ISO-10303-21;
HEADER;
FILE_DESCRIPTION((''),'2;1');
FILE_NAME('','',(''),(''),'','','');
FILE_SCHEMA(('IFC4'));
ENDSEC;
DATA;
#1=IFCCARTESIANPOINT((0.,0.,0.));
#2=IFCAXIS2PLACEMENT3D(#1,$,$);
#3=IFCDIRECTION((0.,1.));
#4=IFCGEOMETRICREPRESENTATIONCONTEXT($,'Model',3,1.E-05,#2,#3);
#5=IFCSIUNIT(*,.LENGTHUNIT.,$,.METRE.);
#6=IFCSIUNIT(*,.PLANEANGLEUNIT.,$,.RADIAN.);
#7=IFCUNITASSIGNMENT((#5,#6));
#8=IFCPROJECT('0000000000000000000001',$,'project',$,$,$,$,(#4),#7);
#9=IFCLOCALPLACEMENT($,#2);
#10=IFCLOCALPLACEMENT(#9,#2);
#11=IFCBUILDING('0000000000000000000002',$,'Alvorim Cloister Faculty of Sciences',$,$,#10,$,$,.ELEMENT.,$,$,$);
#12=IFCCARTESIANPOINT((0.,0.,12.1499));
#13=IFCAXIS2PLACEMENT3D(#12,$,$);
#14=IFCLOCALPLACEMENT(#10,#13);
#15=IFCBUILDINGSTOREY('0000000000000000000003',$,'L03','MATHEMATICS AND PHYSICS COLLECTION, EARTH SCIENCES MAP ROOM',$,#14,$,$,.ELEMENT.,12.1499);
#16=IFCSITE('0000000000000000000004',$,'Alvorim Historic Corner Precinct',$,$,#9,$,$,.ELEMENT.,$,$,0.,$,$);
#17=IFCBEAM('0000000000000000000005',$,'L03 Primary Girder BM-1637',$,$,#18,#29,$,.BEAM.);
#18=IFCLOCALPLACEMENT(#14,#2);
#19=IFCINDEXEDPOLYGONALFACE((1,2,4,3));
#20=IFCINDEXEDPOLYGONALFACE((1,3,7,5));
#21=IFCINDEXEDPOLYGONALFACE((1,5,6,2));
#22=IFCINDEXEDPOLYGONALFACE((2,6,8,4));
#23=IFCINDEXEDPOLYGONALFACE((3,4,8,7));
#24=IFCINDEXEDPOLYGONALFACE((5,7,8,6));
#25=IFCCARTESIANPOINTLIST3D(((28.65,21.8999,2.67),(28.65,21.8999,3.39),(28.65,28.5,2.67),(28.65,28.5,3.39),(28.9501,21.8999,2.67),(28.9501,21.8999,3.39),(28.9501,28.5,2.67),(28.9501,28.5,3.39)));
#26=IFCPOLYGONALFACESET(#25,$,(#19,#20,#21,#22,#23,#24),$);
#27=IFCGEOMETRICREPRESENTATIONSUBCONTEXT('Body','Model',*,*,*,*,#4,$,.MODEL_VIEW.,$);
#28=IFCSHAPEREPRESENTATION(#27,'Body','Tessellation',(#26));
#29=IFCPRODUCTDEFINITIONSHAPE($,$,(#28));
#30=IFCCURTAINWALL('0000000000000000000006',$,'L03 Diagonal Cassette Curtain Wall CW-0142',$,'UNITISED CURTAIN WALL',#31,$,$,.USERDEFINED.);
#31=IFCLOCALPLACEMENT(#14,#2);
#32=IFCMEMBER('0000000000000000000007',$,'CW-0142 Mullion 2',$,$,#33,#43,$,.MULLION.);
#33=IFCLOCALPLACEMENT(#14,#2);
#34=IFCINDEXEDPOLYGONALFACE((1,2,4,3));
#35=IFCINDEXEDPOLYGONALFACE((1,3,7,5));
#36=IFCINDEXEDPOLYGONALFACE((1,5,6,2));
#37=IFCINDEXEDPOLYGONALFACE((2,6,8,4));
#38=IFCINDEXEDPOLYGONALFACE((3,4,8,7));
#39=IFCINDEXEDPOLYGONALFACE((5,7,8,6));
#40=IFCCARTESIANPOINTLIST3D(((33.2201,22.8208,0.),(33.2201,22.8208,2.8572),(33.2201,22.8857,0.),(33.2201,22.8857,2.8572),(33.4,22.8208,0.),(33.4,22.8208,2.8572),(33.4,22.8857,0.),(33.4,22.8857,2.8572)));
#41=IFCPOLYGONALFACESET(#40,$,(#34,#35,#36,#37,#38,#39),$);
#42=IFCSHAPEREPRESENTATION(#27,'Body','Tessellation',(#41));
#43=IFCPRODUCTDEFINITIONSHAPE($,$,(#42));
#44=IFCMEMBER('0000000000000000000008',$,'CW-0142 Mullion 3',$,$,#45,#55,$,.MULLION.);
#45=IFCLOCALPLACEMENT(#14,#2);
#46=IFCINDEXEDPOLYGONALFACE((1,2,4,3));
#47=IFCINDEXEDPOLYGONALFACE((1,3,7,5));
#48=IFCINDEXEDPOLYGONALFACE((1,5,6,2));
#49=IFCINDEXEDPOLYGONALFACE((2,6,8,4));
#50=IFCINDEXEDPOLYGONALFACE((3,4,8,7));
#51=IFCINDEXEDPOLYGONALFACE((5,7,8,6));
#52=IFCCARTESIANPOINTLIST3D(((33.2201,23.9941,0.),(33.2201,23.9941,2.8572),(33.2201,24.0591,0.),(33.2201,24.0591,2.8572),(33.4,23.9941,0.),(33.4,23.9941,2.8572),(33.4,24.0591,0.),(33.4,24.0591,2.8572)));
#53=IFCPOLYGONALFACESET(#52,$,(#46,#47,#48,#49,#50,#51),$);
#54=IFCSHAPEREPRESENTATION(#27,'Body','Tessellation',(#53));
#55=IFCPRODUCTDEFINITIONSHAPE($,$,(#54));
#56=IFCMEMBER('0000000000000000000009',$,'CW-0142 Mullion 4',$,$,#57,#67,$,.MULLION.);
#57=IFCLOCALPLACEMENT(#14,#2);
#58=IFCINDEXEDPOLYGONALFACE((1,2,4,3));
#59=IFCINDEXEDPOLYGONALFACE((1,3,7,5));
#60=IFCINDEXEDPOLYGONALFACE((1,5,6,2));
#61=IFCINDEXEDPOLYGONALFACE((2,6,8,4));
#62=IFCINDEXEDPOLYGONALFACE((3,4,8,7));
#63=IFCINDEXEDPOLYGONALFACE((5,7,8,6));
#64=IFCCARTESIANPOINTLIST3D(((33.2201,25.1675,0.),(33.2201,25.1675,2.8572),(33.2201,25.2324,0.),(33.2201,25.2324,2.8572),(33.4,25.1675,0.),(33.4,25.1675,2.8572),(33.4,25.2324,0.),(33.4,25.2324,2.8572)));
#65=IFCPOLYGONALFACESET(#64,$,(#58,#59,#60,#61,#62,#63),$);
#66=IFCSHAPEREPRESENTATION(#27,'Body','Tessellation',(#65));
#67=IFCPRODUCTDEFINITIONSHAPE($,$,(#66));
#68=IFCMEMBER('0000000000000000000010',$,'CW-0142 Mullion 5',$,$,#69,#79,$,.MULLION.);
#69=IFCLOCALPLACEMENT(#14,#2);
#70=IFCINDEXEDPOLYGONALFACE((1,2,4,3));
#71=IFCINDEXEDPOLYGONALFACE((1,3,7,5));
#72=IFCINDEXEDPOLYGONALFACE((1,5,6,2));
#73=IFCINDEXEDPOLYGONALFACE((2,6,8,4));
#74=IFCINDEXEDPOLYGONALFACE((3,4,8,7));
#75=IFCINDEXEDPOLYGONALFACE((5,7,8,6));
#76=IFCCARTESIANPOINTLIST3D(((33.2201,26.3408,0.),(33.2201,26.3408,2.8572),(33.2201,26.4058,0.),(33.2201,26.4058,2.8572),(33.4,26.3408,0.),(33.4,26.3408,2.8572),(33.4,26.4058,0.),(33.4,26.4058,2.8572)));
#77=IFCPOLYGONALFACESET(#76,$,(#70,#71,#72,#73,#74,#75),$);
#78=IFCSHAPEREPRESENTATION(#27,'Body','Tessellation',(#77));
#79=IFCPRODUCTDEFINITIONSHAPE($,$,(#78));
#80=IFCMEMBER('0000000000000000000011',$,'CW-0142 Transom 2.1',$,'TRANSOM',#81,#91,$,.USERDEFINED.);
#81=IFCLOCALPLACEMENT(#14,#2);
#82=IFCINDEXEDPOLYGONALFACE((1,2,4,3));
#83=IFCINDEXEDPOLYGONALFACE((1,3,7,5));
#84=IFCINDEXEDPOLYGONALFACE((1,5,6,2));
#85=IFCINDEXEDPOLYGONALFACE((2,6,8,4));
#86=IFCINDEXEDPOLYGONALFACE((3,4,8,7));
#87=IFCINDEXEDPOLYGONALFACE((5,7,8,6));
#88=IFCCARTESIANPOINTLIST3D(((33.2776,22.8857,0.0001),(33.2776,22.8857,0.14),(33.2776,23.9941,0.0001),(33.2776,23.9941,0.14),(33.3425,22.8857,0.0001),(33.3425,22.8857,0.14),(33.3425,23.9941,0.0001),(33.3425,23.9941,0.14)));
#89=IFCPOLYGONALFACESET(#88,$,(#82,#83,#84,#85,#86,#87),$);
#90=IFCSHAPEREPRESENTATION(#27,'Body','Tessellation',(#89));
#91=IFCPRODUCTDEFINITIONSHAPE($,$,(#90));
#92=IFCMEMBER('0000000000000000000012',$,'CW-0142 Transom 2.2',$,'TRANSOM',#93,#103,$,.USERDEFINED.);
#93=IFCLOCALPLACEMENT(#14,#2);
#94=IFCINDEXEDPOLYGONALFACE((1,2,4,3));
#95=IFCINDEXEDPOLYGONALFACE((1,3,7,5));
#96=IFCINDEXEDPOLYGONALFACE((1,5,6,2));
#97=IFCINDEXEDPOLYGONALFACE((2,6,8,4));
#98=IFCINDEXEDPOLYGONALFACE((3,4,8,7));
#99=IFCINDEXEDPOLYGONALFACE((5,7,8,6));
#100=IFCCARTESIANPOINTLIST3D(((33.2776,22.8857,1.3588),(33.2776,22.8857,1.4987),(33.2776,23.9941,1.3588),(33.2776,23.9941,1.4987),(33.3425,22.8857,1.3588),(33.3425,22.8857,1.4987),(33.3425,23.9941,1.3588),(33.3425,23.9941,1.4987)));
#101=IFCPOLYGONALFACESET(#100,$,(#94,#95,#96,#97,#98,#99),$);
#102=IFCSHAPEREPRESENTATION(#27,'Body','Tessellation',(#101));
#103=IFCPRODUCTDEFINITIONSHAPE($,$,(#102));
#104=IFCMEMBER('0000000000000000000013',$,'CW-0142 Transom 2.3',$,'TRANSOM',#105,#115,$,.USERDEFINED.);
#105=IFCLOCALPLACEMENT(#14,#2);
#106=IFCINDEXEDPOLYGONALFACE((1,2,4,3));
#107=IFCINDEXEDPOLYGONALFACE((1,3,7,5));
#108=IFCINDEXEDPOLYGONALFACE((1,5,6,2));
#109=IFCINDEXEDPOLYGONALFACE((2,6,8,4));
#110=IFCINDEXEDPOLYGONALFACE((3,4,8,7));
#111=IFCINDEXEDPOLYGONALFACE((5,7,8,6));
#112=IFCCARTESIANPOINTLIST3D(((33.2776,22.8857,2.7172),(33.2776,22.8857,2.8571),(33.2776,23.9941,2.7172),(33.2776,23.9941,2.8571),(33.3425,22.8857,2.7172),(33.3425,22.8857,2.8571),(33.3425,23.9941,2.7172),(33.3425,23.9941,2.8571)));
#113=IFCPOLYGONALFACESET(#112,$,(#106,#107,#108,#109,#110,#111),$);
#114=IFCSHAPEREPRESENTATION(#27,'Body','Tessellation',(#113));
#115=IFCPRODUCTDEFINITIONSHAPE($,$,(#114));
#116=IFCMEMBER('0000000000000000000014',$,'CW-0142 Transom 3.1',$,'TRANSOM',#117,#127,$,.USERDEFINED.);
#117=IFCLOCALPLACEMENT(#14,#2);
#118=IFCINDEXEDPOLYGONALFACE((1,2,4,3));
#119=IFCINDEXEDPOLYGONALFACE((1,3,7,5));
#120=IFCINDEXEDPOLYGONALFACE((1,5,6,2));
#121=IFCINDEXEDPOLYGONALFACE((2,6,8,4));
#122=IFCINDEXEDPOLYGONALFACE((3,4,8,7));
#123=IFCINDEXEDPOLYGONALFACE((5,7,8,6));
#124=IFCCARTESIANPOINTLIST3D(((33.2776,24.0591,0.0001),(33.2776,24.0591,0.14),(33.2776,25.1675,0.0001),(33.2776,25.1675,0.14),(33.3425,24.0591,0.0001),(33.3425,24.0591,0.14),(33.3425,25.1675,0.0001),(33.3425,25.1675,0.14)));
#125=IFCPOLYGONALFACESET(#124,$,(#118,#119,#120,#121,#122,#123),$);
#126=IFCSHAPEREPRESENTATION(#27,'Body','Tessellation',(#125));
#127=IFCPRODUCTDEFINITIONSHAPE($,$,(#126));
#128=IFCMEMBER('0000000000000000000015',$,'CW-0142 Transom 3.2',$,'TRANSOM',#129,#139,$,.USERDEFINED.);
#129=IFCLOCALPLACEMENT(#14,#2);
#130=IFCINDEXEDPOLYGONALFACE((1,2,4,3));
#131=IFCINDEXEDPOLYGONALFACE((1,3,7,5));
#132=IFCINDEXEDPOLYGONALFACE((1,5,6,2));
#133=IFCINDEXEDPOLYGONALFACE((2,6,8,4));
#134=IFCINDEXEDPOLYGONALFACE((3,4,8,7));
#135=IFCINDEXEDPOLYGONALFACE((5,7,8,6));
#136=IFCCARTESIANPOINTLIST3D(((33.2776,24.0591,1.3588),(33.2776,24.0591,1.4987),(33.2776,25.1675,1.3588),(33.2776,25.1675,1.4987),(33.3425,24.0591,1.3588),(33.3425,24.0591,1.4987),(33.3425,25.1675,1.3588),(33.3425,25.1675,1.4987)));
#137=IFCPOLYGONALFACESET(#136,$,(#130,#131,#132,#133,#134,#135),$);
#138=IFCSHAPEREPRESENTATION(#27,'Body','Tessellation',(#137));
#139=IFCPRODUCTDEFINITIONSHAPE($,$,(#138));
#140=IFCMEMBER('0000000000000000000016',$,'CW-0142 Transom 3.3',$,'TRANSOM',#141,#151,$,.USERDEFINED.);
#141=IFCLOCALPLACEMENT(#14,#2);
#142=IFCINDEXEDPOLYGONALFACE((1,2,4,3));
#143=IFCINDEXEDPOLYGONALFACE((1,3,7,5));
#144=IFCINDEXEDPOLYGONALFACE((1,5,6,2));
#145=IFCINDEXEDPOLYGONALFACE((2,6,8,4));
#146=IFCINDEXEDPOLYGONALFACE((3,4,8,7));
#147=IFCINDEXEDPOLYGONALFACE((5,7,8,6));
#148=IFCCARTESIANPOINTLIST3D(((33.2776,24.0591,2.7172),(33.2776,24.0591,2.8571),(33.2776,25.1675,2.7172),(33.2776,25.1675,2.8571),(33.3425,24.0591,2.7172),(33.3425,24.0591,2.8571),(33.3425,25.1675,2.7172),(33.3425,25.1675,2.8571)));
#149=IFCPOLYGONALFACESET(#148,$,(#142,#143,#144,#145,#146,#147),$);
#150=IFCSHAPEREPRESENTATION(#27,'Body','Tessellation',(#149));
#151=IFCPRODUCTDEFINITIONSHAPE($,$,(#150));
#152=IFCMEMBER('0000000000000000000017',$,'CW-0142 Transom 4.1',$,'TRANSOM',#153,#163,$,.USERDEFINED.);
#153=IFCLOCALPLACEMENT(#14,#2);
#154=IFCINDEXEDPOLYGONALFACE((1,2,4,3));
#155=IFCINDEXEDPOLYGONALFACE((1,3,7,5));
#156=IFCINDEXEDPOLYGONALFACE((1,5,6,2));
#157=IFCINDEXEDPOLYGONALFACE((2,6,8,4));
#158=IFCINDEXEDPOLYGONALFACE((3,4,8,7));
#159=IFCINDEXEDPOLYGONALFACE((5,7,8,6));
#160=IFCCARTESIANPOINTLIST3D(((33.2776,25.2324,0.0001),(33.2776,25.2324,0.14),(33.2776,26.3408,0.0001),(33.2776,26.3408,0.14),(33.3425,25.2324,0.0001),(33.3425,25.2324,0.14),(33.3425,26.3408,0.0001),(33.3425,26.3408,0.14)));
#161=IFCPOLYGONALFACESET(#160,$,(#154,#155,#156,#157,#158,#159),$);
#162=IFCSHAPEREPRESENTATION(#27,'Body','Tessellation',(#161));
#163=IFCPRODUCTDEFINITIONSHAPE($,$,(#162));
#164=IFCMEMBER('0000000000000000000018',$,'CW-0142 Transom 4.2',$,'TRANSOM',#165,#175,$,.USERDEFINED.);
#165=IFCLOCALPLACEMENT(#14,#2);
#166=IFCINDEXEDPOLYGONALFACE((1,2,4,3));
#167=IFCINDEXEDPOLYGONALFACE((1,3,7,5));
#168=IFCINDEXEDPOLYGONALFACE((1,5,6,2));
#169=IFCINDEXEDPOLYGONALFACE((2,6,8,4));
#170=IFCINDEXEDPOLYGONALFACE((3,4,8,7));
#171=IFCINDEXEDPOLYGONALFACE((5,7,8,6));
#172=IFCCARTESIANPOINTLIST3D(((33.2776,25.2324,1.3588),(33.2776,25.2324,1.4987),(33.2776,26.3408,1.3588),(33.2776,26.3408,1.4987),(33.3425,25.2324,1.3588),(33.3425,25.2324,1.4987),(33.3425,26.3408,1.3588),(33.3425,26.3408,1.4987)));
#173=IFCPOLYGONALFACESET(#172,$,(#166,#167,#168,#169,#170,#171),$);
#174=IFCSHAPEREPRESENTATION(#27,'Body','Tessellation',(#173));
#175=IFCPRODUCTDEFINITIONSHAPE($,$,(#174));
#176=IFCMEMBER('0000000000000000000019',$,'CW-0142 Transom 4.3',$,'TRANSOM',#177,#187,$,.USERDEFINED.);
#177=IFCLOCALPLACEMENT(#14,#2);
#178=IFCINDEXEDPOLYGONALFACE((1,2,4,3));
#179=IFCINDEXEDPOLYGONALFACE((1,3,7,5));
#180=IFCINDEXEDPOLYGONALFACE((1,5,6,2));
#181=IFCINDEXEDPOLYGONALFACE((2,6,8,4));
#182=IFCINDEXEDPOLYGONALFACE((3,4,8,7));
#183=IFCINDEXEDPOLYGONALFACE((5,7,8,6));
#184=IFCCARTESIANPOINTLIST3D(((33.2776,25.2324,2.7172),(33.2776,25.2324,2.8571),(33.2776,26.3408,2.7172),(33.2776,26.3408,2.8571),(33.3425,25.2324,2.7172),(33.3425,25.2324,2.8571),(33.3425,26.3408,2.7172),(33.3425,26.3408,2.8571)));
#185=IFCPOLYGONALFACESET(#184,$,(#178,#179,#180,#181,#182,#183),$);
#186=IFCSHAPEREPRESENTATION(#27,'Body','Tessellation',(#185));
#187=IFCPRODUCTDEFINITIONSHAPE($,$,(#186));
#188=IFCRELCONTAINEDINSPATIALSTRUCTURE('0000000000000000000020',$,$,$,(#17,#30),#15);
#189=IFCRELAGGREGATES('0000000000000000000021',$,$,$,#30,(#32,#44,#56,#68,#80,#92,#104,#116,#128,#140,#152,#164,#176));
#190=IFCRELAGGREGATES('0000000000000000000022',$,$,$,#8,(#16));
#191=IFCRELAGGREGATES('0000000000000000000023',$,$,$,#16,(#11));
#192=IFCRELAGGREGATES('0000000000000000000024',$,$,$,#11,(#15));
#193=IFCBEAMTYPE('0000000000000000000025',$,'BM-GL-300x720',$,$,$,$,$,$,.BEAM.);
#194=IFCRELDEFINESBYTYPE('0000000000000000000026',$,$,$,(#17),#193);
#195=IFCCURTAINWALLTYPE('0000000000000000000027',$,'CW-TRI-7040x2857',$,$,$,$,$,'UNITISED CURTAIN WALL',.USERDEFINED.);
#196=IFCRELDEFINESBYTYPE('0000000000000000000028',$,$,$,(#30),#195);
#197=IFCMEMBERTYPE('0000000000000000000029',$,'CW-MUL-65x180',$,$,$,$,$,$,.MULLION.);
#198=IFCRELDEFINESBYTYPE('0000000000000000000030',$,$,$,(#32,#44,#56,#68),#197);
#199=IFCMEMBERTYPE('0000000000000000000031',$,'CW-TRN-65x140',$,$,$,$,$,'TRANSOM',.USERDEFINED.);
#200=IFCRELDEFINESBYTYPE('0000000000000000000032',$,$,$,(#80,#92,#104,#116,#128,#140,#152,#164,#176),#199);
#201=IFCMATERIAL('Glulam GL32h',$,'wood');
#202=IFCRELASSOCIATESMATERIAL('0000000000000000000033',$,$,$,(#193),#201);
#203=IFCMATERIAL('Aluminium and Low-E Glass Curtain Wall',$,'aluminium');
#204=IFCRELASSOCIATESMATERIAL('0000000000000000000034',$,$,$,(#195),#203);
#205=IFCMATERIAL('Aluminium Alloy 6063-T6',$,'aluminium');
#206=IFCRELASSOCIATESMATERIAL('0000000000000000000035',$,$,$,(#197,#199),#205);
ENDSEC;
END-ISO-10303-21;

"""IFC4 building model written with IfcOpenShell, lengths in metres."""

from ifc_helpers import new_model, si_unit, direction, frame, origin, origin_2d, place, context, subcontext, project, spatial, rectangle, extrude, material, material_profile, profile_set, type_object, element, aggregate, save


model = new_model("IFC4")

# Units and contexts
model_context = context("Model", 3, precision=1e-05, world=origin(), true_north=direction((0.0, 1.0)))
body_context = subcontext(model_context, "Body", "Model", "MODEL_VIEW")
ifc_project = project(units=[si_unit("LENGTHUNIT", "METRE"), si_unit("PLANEANGLEUNIT", "RADIAN")], contexts=[model_context])

# Site, building, storey
site_placement = place(None, origin())
site = spatial("IfcSite", under=ifc_project, at=site_placement, Name="Alvorim Historic Corner Precinct", CompositionType="ELEMENT", RefElevation=0.0)
building_placement = place(site_placement, origin())
building = spatial("IfcBuilding", under=site, at=building_placement, Name="Alvorim Cloister Faculty of Sciences", CompositionType="ELEMENT")
storey_placement = place(building_placement, frame((0.0, 0.0, 12.1499)))
storey = spatial("IfcBuildingStorey", under=building, at=storey_placement, Name="L03", Description="MATHEMATICS AND PHYSICS COLLECTION, EARTH SCIENCES MAP ROOM", CompositionType="ELEMENT", Elevation=12.1499)

# Beam
ifc_material_1 = material(Name="Glulam GL32h", Category="wood")
ifc_material_profile_1 = material_profile(ifc_material_1, rectangle(XDim=0.3, YDim=0.72, at=origin_2d()), Name="GL32-BM-300x720")
ifc_profile_set_1 = profile_set([ifc_material_profile_1], Name="Glulam GL32h")
beam_type = type_object("IfcBeamType", Name="BM-GL-300x720", PredefinedType="BEAM", material=ifc_profile_set_1)
beam_placement = place(storey_placement, frame((28.8, 21.8999, 3.03), z_axis=(0.0, 1.0, 0.0), x_axis=(-1.0, 0.0, 0.0)))
element("IfcBeam", 1, at=beam_placement, inside=storey, type_object=beam_type, Name="L03 Primary Girder BM-1637", PredefinedType="BEAM", context=body_context, shape_type="SweptSolid", body=[
    extrude(rectangle(XDim=0.3, YDim=0.72, at=origin_2d()), origin(), (0.0, 0.0, 1.0), 6.6001),
])

# Curtain wall, members
ifc_material_2 = material(Name="Aluminium and Low-E Glass Curtain Wall", Category="aluminium")
curtain_wall_type = type_object("IfcCurtainWallType", Name="CW-TRI-7040x2857", ElementType="UNITISED CURTAIN WALL", PredefinedType="USERDEFINED", material=ifc_material_2)
curtain_wall_placement = place(storey_placement, origin())
curtain_wall = element("IfcCurtainWall", 2, at=curtain_wall_placement, inside=storey, type_object=curtain_wall_type, Name="L03 Diagonal Cassette Curtain Wall CW-0142", ObjectType="UNITISED CURTAIN WALL", PredefinedType="USERDEFINED")
ifc_material_3 = material(Name="Aluminium Alloy 6063-T6", Category="aluminium")
ifc_material_profile_2 = material_profile(ifc_material_3, rectangle(XDim=0.0649, YDim=0.1799, at=origin_2d()), Name="ALU-MUL-65x180")
ifc_profile_set_2 = profile_set([ifc_material_profile_2], Name="Aluminium Alloy 6063-T6")
member_type_1 = type_object("IfcMemberType", Name="CW-MUL-65x180", PredefinedType="MULLION", material=ifc_profile_set_2)
member_1_placement = place(storey_placement, frame((33.3101, 22.8533, 0.0), z_axis=(0.0, 0.0, 1.0), x_axis=(0.0, 1.0, 0.0)))
member_1 = element("IfcMember", 3, at=member_1_placement, type_object=member_type_1, Name="CW-0142 Mullion 2", PredefinedType="MULLION", context=body_context, shape_type="SweptSolid", body=[
    extrude(rectangle(XDim=0.0649, YDim=0.1799, at=origin_2d()), origin(), (0.0, 0.0, 1.0), 2.8572),
])
member_2_placement = place(storey_placement, frame((33.3101, 24.0266, 0.0), z_axis=(0.0, 0.0, 1.0), x_axis=(0.0, 1.0, 0.0)))
member_2 = element("IfcMember", 4, at=member_2_placement, type_object=member_type_1, Name="CW-0142 Mullion 3", PredefinedType="MULLION", context=body_context, shape_type="SweptSolid", body=[
    extrude(rectangle(XDim=0.0649, YDim=0.1799, at=origin_2d()), origin(), (0.0, 0.0, 1.0), 2.8572),
])
member_3_placement = place(storey_placement, frame((33.3101, 25.2, 0.0), z_axis=(0.0, 0.0, 1.0), x_axis=(0.0, 1.0, 0.0)))
member_3 = element("IfcMember", 5, at=member_3_placement, type_object=member_type_1, Name="CW-0142 Mullion 4", PredefinedType="MULLION", context=body_context, shape_type="SweptSolid", body=[
    extrude(rectangle(XDim=0.0649, YDim=0.1799, at=origin_2d()), origin(), (0.0, 0.0, 1.0), 2.8572),
])
member_4_placement = place(storey_placement, frame((33.3101, 26.3733, 0.0), z_axis=(0.0, 0.0, 1.0), x_axis=(0.0, 1.0, 0.0)))
member_4 = element("IfcMember", 6, at=member_4_placement, type_object=member_type_1, Name="CW-0142 Mullion 5", PredefinedType="MULLION", context=body_context, shape_type="SweptSolid", body=[
    extrude(rectangle(XDim=0.0649, YDim=0.1799, at=origin_2d()), origin(), (0.0, 0.0, 1.0), 2.8572),
])
ifc_material_profile_3 = material_profile(ifc_material_3, rectangle(XDim=0.0649, YDim=0.1399, at=origin_2d()), Name="ALU-TRN-65x140")
ifc_profile_set_3 = profile_set([ifc_material_profile_3], Name="Aluminium Alloy 6063-T6")
member_type_2 = type_object("IfcMemberType", Name="CW-TRN-65x140", ElementType="TRANSOM", PredefinedType="USERDEFINED", material=ifc_profile_set_3)
member_5_placement = place(storey_placement, frame((33.3101, 22.8857, 0.0701), z_axis=(0.0, 1.0, 0.0), x_axis=(-1.0, 0.0, 0.0)))
member_5 = element("IfcMember", 7, at=member_5_placement, type_object=member_type_2, Name="CW-0142 Transom 2.1", ObjectType="TRANSOM", PredefinedType="USERDEFINED", context=body_context, shape_type="SweptSolid", body=[
    extrude(rectangle(XDim=0.0649, YDim=0.1399, at=origin_2d()), origin(), (0.0, 0.0, 1.0), 1.1084),
])
member_6_placement = place(storey_placement, frame((33.3101, 22.8857, 1.4287), z_axis=(0.0, 1.0, 0.0), x_axis=(-1.0, 0.0, 0.0)))
member_6 = element("IfcMember", 8, at=member_6_placement, type_object=member_type_2, Name="CW-0142 Transom 2.2", ObjectType="TRANSOM", PredefinedType="USERDEFINED", context=body_context, shape_type="SweptSolid", body=[
    extrude(rectangle(XDim=0.0649, YDim=0.1399, at=origin_2d()), origin(), (0.0, 0.0, 1.0), 1.1084),
])
member_7_placement = place(storey_placement, frame((33.3101, 22.8857, 2.7871), z_axis=(0.0, 1.0, 0.0), x_axis=(-1.0, 0.0, 0.0)))
member_7 = element("IfcMember", 9, at=member_7_placement, type_object=member_type_2, Name="CW-0142 Transom 2.3", ObjectType="TRANSOM", PredefinedType="USERDEFINED", context=body_context, shape_type="SweptSolid", body=[
    extrude(rectangle(XDim=0.0649, YDim=0.1399, at=origin_2d()), origin(), (0.0, 0.0, 1.0), 1.1084),
])
member_8_placement = place(storey_placement, frame((33.3101, 24.0591, 0.0701), z_axis=(0.0, 1.0, 0.0), x_axis=(-1.0, 0.0, 0.0)))
member_8 = element("IfcMember", 10, at=member_8_placement, type_object=member_type_2, Name="CW-0142 Transom 3.1", ObjectType="TRANSOM", PredefinedType="USERDEFINED", context=body_context, shape_type="SweptSolid", body=[
    extrude(rectangle(XDim=0.0649, YDim=0.1399, at=origin_2d()), origin(), (0.0, 0.0, 1.0), 1.1084),
])
member_9_placement = place(storey_placement, frame((33.3101, 24.0591, 1.4287), z_axis=(0.0, 1.0, 0.0), x_axis=(-1.0, 0.0, 0.0)))
member_9 = element("IfcMember", 11, at=member_9_placement, type_object=member_type_2, Name="CW-0142 Transom 3.2", ObjectType="TRANSOM", PredefinedType="USERDEFINED", context=body_context, shape_type="SweptSolid", body=[
    extrude(rectangle(XDim=0.0649, YDim=0.1399, at=origin_2d()), origin(), (0.0, 0.0, 1.0), 1.1084),
])
member_10_placement = place(storey_placement, frame((33.3101, 24.0591, 2.7871), z_axis=(0.0, 1.0, 0.0), x_axis=(-1.0, 0.0, 0.0)))
member_10 = element("IfcMember", 12, at=member_10_placement, type_object=member_type_2, Name="CW-0142 Transom 3.3", ObjectType="TRANSOM", PredefinedType="USERDEFINED", context=body_context, shape_type="SweptSolid", body=[
    extrude(rectangle(XDim=0.0649, YDim=0.1399, at=origin_2d()), origin(), (0.0, 0.0, 1.0), 1.1084),
])
member_11_placement = place(storey_placement, frame((33.3101, 25.2324, 0.0701), z_axis=(0.0, 1.0, 0.0), x_axis=(-1.0, 0.0, 0.0)))
member_11 = element("IfcMember", 13, at=member_11_placement, type_object=member_type_2, Name="CW-0142 Transom 4.1", ObjectType="TRANSOM", PredefinedType="USERDEFINED", context=body_context, shape_type="SweptSolid", body=[
    extrude(rectangle(XDim=0.0649, YDim=0.1399, at=origin_2d()), origin(), (0.0, 0.0, 1.0), 1.1084),
])
member_12_placement = place(storey_placement, frame((33.3101, 25.2324, 1.4287), z_axis=(0.0, 1.0, 0.0), x_axis=(-1.0, 0.0, 0.0)))
member_12 = element("IfcMember", 14, at=member_12_placement, type_object=member_type_2, Name="CW-0142 Transom 4.2", ObjectType="TRANSOM", PredefinedType="USERDEFINED", context=body_context, shape_type="SweptSolid", body=[
    extrude(rectangle(XDim=0.0649, YDim=0.1399, at=origin_2d()), origin(), (0.0, 0.0, 1.0), 1.1084),
])
member_13_placement = place(storey_placement, frame((33.3101, 25.2324, 2.7871), z_axis=(0.0, 1.0, 0.0), x_axis=(-1.0, 0.0, 0.0)))
member_13 = element("IfcMember", 15, at=member_13_placement, type_object=member_type_2, Name="CW-0142 Transom 4.3", ObjectType="TRANSOM", PredefinedType="USERDEFINED", context=body_context, shape_type="SweptSolid", body=[
    extrude(rectangle(XDim=0.0649, YDim=0.1399, at=origin_2d()), origin(), (0.0, 0.0, 1.0), 1.1084),
])
aggregate(curtain_wall, [member_1, member_2, member_3, member_4, member_5, member_6, member_7, member_8, member_9, member_10, member_11, member_12, member_13])

save(model, "model.ifc")
